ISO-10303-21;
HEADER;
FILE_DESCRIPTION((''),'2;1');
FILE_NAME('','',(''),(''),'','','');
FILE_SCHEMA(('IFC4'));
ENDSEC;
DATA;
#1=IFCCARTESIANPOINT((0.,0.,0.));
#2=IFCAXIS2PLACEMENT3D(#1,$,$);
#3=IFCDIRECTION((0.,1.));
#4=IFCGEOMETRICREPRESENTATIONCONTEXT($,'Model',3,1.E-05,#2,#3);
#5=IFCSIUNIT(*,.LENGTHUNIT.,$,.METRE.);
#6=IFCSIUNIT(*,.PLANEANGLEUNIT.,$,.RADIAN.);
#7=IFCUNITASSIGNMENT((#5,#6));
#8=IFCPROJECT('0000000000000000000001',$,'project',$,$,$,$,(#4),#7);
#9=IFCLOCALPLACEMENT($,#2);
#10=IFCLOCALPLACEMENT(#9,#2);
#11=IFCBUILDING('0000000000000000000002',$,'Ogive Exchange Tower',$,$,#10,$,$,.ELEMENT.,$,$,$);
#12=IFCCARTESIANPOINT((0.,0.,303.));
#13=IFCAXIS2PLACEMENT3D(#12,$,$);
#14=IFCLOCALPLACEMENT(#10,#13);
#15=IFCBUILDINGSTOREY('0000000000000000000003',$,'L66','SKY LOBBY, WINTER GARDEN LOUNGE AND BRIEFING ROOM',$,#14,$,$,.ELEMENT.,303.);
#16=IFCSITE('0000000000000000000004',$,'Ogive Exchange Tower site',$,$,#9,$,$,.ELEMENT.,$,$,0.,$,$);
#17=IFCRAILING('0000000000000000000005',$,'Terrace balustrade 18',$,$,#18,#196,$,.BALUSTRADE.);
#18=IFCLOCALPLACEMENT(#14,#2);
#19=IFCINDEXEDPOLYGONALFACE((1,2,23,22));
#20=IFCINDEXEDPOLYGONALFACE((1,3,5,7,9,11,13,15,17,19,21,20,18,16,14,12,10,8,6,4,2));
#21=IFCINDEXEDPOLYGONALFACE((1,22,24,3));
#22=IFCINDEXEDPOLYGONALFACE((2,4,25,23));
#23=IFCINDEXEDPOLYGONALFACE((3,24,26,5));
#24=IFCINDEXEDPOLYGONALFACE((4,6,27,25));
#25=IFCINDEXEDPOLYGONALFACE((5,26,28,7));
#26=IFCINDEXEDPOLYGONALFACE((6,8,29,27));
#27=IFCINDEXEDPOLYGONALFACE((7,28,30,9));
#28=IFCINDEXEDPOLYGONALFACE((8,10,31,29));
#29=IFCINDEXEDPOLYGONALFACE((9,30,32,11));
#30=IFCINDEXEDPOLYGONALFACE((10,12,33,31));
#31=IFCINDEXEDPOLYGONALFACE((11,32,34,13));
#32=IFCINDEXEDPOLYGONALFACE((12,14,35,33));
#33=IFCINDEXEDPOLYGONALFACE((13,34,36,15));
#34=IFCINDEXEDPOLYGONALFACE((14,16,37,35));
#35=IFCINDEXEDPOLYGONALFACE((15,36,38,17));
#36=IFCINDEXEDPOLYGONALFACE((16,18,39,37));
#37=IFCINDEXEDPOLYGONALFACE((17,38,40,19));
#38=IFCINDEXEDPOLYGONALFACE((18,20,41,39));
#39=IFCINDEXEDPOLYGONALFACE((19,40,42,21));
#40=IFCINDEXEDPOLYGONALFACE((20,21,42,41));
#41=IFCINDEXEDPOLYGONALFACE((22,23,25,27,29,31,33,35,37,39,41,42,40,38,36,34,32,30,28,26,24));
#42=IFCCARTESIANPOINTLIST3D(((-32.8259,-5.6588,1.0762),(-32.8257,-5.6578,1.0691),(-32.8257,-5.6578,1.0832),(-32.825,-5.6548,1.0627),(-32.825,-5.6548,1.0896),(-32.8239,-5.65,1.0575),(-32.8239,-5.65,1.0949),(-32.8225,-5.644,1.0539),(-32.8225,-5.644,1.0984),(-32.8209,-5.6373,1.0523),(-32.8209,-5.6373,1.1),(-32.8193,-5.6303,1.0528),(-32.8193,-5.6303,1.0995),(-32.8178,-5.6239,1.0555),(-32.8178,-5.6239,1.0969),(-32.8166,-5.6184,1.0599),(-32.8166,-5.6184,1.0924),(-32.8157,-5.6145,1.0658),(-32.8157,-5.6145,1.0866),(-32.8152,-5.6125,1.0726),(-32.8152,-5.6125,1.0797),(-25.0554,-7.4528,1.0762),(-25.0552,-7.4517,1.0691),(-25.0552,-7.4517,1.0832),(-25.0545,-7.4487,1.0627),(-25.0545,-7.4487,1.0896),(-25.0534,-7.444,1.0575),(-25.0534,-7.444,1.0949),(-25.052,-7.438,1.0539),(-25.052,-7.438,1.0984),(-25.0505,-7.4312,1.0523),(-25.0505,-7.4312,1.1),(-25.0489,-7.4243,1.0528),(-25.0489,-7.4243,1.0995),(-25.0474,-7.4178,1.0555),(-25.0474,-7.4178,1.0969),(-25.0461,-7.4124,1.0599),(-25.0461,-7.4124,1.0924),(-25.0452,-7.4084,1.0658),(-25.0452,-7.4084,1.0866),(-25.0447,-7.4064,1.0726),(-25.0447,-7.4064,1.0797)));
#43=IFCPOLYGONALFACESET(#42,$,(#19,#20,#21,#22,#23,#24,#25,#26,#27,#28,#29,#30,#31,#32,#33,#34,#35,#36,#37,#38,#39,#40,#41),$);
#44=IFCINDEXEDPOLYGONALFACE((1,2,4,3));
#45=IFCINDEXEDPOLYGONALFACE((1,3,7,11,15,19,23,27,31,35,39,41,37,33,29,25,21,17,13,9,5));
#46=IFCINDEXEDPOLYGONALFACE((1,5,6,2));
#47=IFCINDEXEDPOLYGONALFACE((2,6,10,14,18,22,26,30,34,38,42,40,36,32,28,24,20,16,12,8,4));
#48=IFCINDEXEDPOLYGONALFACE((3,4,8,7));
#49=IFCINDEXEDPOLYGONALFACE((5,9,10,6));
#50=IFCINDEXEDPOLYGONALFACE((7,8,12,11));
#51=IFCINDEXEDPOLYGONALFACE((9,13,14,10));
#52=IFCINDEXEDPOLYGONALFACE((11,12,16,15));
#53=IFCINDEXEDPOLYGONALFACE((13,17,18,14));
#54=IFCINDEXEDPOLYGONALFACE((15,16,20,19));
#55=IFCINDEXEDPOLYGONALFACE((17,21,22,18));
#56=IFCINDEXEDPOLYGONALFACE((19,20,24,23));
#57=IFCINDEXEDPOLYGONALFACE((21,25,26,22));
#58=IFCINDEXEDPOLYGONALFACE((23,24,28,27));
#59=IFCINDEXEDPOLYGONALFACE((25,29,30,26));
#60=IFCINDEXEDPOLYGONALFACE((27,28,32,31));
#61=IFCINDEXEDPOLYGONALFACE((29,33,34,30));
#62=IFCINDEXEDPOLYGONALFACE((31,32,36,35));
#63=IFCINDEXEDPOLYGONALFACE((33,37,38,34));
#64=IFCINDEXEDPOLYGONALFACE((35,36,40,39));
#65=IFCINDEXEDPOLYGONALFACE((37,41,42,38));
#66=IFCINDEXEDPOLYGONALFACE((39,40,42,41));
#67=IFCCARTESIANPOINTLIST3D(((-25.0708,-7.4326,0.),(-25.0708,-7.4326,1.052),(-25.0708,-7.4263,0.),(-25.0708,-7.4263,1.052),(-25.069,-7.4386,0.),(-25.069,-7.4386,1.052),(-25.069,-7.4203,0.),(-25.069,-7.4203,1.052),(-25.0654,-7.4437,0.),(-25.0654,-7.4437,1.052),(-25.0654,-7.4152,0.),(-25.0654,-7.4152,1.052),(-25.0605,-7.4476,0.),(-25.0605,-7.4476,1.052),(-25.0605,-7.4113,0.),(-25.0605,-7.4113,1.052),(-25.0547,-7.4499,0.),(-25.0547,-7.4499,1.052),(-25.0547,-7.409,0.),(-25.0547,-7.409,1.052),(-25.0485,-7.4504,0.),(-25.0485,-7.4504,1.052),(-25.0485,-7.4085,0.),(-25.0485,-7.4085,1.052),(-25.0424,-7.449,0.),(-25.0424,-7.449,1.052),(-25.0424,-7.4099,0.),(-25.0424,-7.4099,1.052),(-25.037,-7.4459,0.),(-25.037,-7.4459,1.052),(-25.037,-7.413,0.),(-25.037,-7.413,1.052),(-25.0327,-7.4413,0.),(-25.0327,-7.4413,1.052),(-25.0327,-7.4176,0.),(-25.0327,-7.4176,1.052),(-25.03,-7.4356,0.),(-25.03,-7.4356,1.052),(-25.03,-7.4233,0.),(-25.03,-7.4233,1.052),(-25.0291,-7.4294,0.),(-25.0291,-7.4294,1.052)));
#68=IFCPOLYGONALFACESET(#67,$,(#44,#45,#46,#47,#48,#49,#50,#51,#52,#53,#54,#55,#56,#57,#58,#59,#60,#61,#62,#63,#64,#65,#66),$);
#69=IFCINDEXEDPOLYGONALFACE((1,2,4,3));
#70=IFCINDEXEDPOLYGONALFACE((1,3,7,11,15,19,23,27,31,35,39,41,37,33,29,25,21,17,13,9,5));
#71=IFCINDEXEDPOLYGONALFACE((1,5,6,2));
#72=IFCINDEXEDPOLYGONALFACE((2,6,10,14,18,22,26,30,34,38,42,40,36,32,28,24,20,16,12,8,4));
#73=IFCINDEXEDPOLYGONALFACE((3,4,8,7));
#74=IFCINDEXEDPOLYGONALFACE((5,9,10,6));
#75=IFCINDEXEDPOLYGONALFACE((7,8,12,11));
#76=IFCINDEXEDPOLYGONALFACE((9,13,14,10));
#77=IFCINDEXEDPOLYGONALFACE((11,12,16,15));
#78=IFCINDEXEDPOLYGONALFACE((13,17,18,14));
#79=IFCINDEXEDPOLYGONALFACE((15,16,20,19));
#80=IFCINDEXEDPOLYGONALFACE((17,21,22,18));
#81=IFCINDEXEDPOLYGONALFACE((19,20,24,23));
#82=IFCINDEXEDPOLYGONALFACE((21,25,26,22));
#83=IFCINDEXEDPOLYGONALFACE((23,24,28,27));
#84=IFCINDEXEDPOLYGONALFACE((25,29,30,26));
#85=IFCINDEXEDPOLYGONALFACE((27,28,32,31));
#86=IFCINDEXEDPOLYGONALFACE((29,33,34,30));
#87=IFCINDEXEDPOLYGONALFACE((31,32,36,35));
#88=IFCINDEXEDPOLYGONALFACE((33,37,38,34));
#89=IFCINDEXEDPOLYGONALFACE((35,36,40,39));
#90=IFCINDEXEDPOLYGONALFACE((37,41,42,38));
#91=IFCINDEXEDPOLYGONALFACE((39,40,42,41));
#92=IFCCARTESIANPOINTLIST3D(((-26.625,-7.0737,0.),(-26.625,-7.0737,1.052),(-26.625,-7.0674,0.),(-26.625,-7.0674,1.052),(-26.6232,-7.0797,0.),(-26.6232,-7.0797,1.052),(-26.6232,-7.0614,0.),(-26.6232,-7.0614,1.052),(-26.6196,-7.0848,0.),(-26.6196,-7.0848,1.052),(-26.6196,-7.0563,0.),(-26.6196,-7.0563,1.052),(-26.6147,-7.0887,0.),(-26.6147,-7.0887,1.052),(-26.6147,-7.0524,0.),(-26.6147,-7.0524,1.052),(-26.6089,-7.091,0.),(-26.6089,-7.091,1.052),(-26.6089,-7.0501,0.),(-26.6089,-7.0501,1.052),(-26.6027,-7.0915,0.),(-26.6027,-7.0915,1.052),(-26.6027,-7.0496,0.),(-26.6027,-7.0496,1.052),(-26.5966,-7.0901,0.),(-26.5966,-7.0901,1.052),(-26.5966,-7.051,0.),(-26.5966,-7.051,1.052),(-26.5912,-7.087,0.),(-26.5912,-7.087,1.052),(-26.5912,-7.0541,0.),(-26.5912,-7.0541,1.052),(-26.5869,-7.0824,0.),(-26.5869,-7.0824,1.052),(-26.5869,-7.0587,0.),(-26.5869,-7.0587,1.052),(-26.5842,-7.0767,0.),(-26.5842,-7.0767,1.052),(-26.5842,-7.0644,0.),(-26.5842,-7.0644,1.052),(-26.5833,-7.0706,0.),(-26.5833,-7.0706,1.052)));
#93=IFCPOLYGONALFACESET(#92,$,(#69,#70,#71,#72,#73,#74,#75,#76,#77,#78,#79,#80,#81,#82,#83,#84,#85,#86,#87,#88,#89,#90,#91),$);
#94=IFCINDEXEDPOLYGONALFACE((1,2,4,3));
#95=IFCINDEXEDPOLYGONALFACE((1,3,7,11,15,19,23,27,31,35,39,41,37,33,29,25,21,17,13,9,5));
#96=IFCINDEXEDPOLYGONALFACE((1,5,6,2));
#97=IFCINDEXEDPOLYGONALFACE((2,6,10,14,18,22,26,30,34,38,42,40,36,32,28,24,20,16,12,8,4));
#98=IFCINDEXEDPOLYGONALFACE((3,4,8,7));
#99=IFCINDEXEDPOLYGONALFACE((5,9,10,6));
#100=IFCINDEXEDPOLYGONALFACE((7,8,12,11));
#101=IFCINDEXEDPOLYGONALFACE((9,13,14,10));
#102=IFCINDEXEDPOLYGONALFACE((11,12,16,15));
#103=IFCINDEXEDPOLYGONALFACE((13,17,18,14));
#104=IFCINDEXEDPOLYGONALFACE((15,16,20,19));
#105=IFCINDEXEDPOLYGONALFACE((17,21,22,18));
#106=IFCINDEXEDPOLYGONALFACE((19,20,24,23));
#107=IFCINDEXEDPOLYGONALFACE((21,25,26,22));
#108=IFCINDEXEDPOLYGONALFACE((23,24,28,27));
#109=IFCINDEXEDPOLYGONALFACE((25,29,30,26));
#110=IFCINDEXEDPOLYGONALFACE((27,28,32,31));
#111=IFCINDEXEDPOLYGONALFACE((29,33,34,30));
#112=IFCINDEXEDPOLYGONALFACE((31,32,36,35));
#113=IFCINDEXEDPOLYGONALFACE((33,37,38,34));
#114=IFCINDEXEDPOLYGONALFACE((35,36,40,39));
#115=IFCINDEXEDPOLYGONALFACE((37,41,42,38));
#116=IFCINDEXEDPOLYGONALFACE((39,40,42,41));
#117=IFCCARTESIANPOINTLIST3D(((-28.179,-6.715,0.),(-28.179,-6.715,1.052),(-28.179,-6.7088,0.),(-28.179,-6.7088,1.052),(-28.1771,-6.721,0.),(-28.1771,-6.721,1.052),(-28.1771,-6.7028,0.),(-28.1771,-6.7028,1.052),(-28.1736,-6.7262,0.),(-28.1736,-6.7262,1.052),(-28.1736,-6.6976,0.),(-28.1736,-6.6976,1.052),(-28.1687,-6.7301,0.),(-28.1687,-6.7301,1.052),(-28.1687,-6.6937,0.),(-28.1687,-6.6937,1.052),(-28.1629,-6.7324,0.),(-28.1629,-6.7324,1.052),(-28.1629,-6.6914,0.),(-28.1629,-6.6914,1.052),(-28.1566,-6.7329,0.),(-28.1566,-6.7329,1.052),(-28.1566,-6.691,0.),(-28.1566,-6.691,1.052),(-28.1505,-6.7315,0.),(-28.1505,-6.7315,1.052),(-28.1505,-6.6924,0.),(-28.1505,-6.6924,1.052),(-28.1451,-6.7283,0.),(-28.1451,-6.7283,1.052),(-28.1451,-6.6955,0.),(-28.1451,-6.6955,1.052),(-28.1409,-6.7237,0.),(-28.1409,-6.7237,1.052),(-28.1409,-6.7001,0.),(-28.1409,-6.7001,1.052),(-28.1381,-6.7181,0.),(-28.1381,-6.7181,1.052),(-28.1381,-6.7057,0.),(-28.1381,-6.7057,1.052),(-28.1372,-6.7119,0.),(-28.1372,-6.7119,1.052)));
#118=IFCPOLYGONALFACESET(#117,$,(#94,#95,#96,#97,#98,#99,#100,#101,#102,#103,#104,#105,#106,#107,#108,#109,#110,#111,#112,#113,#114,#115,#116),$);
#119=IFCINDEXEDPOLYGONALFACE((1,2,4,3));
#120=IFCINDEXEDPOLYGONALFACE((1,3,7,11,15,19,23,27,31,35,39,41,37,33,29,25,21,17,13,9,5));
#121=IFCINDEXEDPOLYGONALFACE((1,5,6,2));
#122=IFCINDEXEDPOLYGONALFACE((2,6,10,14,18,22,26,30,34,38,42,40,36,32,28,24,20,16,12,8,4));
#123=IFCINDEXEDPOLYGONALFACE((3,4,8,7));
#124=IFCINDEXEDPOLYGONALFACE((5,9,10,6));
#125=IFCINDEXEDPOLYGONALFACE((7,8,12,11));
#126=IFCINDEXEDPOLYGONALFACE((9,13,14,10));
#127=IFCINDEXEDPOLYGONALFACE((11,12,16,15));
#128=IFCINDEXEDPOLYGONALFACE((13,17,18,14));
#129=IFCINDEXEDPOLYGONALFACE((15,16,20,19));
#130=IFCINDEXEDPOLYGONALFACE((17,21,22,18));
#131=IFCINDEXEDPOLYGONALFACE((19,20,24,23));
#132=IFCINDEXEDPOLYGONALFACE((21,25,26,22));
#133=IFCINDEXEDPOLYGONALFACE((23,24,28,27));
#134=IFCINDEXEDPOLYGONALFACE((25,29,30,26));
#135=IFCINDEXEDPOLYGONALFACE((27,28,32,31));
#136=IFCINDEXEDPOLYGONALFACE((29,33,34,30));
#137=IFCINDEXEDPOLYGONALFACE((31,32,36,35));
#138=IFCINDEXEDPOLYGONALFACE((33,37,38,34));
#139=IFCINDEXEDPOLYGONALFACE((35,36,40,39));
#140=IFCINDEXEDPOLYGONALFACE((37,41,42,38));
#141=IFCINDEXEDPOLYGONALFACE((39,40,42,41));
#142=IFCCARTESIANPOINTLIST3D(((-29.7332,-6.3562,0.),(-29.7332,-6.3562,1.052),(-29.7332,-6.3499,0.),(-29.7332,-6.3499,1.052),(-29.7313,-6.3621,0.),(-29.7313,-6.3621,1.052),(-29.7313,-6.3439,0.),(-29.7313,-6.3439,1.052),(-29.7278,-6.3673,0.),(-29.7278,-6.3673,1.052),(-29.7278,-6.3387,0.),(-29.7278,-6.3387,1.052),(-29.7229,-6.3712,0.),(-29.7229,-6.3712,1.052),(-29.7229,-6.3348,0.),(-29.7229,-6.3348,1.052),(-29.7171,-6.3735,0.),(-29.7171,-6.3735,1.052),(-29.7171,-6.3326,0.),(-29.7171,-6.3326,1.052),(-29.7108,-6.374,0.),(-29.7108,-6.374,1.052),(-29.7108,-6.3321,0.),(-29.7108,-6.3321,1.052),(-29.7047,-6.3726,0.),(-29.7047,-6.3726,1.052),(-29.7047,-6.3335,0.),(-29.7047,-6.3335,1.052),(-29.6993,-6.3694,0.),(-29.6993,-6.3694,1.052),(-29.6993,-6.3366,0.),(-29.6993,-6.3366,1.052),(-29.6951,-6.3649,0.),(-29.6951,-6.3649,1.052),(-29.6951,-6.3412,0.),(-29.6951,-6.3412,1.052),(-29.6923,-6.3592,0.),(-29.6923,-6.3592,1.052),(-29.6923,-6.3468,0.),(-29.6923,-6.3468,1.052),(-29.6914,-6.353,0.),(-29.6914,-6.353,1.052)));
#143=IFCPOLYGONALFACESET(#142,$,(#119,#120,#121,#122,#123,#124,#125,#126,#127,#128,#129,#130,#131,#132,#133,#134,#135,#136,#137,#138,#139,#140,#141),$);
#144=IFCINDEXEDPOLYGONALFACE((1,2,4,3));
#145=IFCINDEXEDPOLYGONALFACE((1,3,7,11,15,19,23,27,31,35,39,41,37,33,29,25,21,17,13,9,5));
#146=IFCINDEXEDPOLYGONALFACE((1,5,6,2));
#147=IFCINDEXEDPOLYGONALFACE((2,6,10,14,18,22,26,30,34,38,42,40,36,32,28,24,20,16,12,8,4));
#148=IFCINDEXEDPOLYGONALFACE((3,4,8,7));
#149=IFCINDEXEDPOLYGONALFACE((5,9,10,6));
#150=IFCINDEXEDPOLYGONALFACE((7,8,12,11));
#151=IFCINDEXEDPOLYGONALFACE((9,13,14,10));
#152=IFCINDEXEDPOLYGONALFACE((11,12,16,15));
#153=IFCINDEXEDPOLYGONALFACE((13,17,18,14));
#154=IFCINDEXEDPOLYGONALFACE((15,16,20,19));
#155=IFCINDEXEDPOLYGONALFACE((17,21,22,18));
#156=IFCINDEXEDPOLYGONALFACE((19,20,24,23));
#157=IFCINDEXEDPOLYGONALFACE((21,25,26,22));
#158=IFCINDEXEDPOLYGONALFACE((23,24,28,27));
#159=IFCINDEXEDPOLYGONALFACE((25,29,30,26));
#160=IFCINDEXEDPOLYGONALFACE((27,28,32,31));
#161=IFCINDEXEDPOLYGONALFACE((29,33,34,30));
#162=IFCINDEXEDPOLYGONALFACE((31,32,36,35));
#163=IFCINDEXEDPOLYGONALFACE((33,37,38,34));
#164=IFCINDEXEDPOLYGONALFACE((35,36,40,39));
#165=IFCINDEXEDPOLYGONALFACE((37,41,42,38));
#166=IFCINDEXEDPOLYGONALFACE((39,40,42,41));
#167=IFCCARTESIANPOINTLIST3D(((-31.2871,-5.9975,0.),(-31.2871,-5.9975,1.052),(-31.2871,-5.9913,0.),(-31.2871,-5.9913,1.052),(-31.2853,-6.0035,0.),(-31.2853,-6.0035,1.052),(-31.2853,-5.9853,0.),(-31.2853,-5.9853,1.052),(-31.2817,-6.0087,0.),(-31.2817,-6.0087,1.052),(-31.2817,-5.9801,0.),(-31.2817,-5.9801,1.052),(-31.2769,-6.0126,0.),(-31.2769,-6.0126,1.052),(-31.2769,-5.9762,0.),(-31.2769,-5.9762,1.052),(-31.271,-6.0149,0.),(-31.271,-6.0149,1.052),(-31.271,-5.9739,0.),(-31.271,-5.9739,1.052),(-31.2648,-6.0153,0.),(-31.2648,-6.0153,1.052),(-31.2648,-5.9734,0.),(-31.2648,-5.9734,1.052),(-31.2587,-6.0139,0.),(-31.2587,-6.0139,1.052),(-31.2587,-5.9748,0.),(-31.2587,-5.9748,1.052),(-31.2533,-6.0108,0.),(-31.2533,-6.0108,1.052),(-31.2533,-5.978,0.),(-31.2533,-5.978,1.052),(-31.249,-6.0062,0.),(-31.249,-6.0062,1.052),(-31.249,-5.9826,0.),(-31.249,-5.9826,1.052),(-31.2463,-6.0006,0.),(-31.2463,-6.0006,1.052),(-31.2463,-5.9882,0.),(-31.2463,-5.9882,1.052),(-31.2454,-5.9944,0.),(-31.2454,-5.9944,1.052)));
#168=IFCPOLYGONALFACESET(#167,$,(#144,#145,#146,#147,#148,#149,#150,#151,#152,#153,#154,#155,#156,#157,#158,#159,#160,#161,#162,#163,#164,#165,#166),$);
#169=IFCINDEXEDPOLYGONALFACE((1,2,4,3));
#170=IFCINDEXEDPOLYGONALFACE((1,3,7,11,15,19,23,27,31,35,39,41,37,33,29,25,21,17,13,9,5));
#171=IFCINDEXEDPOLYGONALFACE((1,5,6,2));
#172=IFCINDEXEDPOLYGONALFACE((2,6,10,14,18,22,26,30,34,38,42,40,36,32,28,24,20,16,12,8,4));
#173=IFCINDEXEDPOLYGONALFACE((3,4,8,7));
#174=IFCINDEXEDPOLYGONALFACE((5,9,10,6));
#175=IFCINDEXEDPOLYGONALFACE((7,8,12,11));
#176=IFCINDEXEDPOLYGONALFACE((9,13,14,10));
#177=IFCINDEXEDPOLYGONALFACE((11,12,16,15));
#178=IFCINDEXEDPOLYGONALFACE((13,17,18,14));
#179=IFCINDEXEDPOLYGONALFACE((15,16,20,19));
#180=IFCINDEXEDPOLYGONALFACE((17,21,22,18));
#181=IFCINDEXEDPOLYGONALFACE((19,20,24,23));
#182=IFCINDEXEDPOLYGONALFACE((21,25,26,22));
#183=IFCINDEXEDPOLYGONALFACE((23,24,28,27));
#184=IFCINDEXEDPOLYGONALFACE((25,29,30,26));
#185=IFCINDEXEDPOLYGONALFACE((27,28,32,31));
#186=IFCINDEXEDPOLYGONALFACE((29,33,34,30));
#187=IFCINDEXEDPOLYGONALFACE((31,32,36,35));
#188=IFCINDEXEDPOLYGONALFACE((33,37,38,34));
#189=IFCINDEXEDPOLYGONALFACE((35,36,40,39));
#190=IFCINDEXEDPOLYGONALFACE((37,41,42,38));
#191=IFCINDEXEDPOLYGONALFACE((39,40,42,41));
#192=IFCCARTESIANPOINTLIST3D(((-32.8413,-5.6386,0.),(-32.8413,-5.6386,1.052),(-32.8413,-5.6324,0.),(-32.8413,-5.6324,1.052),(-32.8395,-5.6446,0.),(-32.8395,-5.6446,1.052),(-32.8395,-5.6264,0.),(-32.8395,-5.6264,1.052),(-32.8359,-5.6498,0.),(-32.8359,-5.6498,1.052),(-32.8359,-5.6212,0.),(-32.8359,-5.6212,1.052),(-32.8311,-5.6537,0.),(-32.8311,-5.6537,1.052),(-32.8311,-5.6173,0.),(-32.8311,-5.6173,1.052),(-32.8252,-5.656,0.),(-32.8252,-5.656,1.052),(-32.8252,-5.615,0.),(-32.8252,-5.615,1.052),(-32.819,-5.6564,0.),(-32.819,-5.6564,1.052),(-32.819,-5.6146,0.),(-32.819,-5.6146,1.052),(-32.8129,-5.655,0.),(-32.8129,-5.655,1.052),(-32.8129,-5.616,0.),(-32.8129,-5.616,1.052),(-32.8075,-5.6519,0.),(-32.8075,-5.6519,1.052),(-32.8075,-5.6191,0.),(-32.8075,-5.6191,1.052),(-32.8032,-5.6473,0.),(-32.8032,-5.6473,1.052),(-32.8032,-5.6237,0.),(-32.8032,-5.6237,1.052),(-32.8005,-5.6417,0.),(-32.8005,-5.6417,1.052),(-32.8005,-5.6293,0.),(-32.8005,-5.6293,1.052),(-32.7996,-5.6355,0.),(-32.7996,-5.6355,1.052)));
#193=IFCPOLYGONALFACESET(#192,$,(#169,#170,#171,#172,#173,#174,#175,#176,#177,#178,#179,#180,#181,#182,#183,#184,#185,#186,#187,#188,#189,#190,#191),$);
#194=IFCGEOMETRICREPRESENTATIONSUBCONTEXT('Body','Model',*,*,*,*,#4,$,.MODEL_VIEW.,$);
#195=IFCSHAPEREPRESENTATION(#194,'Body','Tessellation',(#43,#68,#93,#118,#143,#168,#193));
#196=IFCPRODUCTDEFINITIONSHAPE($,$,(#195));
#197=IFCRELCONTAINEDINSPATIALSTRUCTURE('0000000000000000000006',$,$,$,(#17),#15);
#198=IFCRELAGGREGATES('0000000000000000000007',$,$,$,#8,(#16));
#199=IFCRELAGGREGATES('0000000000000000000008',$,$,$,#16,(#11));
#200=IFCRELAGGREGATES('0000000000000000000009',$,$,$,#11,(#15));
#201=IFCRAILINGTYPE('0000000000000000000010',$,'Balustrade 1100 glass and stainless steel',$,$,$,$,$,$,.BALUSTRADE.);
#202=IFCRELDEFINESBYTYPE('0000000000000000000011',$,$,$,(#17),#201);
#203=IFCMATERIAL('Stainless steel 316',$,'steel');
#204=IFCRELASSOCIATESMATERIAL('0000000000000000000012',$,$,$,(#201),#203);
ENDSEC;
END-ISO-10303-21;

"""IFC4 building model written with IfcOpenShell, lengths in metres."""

from ifc_helpers import new_model, si_unit, direction, frame, origin, origin_2d, place, context, subcontext, project, spatial, circle, extrude, material, type_object, element, save


model = new_model("IFC4")

# Units and contexts
model_context = context("Model", 3, precision=1e-05, world=origin(), true_north=direction((0.0, 1.0)))
body_context = subcontext(model_context, "Body", "Model", "MODEL_VIEW")
ifc_project = project(units=[si_unit("LENGTHUNIT", "METRE"), si_unit("PLANEANGLEUNIT", "RADIAN")], contexts=[model_context])

# Site, building, storey
site_placement = place(None, origin())
site = spatial("IfcSite", under=ifc_project, at=site_placement, Name="Ogive Exchange Tower site", CompositionType="ELEMENT", RefElevation=0.0)
building_placement = place(site_placement, origin())
building = spatial("IfcBuilding", under=site, at=building_placement, Name="Ogive Exchange Tower", CompositionType="ELEMENT")
storey_placement = place(building_placement, frame((0.0, 0.0, 303.0)))
storey = spatial("IfcBuildingStorey", under=building, at=storey_placement, Name="L66", Description="SKY LOBBY, WINTER GARDEN LOUNGE AND BRIEFING ROOM", CompositionType="ELEMENT", Elevation=303.0)

# Railing
ifc_material_1 = material(Name="Stainless steel 316", Category="steel")
railing_type_1 = type_object("IfcRailingType", Name="Balustrade 1100 glass and stainless steel", PredefinedType="BALUSTRADE", material=ifc_material_1)
railing_1_placement = place(storey_placement, frame((-25.05, -7.4294, 0.0)))
element("IfcRailing", 1, at=railing_1_placement, inside=storey, type_object=railing_type_1, Name="Terrace balustrade 18", PredefinedType="BALUSTRADE", context=body_context, shape_type="SweptSolid", body=[
    extrude(circle(Radius=0.0239, at=origin_2d()), frame((0.0, 0.0, 1.0762), z_axis=(-0.974371, 0.224949, 0.0), x_axis=(-0.224949, -0.974371, 0.0)), (0.0, 0.0, 1.0), 7.9749),
    extrude(circle(Radius=0.021, at=origin_2d()), origin(), (0.0, 0.0, 1.0), 1.052),
    extrude(circle(Radius=0.021, at=origin_2d()), frame((-1.5542, 0.3589, 0.0)), (0.0, 0.0, 1.0), 1.052),
    extrude(circle(Radius=0.021, at=origin_2d()), frame((-3.1082, 0.7175, 0.0)), (0.0, 0.0, 1.0), 1.052),
    extrude(circle(Radius=0.021, at=origin_2d()), frame((-4.6624, 1.0764, 0.0)), (0.0, 0.0, 1.0), 1.052),
    extrude(circle(Radius=0.021, at=origin_2d()), frame((-6.2163, 1.4351, 0.0)), (0.0, 0.0, 1.0), 1.052),
    extrude(circle(Radius=0.021, at=origin_2d()), frame((-7.7705, 1.7939, 0.0)), (0.0, 0.0, 1.0), 1.052),
])

save(model, "model.ifc")
